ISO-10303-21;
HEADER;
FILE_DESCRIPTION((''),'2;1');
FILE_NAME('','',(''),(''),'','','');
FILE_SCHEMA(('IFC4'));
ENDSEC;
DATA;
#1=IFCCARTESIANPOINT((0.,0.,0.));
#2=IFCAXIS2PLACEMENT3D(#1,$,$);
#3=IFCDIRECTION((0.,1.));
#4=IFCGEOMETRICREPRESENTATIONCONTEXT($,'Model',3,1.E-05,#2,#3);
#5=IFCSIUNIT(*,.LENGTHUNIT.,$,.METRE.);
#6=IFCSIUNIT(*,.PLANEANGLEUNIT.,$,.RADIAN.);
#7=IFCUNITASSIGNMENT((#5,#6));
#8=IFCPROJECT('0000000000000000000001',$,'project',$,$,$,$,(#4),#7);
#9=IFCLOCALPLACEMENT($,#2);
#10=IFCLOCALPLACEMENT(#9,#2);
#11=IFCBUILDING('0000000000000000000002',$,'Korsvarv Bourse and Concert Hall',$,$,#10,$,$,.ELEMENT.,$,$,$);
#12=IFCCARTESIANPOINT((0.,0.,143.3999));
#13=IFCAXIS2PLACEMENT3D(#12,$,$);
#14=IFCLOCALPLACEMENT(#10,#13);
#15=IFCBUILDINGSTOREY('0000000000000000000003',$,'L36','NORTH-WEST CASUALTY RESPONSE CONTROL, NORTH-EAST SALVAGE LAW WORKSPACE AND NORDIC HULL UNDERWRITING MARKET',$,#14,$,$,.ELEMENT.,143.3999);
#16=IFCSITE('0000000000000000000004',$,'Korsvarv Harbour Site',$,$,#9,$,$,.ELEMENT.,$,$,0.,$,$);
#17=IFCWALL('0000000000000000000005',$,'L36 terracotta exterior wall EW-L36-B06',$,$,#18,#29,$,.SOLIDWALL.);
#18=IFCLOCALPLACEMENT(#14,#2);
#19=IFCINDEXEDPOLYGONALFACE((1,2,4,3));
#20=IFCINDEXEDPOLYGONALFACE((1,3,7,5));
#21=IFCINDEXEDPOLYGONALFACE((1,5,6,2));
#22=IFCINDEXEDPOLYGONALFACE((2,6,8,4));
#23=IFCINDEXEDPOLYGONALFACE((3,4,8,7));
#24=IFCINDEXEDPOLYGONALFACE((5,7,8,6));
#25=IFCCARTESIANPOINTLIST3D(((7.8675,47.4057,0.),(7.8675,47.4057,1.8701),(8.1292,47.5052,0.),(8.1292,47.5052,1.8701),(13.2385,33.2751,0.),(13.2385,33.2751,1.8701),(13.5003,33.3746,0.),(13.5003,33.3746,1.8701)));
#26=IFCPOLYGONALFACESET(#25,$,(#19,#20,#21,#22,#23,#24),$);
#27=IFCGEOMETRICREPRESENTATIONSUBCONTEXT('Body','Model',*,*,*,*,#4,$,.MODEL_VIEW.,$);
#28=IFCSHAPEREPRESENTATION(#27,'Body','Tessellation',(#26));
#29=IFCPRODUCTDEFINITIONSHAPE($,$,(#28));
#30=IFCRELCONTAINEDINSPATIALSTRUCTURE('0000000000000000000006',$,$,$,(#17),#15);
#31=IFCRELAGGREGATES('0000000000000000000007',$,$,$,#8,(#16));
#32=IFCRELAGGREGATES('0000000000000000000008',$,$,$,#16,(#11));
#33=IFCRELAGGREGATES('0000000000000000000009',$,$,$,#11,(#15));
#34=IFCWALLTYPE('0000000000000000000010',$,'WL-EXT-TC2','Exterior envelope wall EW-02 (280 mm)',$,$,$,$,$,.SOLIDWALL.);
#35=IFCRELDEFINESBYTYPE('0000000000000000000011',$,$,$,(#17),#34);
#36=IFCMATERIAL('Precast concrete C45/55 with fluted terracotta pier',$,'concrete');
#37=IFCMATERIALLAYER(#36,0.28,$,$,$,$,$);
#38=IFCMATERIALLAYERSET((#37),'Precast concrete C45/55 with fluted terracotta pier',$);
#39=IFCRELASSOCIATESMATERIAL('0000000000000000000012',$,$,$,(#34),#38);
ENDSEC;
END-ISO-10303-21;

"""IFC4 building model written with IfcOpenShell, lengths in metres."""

from ifc_helpers import new_model, si_unit, direction, frame, frame_2d, origin, place, context, subcontext, project, spatial, rectangle, extrude, material, layer, layer_set, type_object, element, save


model = new_model("IFC4")

# Units and contexts
model_context = context("Model", 3, precision=1e-05, world=origin(), true_north=direction((0.0, 1.0)))
body_context = subcontext(model_context, "Body", "Model", "MODEL_VIEW")
ifc_project = project(units=[si_unit("LENGTHUNIT", "METRE"), si_unit("PLANEANGLEUNIT", "RADIAN")], contexts=[model_context])

# Site, building, storey
site_placement = place(None, origin())
site = spatial("IfcSite", under=ifc_project, at=site_placement, Name="Korsvarv Harbour Site", CompositionType="ELEMENT", RefElevation=0.0)
building_placement = place(site_placement, origin())
building = spatial("IfcBuilding", under=site, at=building_placement, Name="Korsvarv Bourse and Concert Hall", CompositionType="ELEMENT")
storey_placement = place(building_placement, frame((0.0, 0.0, 143.3999)))
storey = spatial("IfcBuildingStorey", under=building, at=storey_placement, Name="L36", Description="NORTH-WEST CASUALTY RESPONSE CONTROL, NORTH-EAST SALVAGE LAW WORKSPACE AND NORDIC HULL UNDERWRITING MARKET", CompositionType="ELEMENT", Elevation=143.3999)

# Wall
ifc_material_1 = material(Name="Precast concrete C45/55 with fluted terracotta pier", Category="concrete")
ifc_layer_1 = layer(ifc_material_1, 0.28)
ifc_layer_set_1 = layer_set([ifc_layer_1], Name="Precast concrete C45/55 with fluted terracotta pier")
wall_type_1 = type_object("IfcWallType", Name="WL-EXT-TC2", Description="Exterior envelope wall EW-02 (280 mm)", PredefinedType="SOLIDWALL", material=ifc_layer_set_1)
wall_1_placement = place(storey_placement, frame((7.9983, 47.4556, 0.0), z_axis=(0.0, 0.0, 1.0), x_axis=(0.355302, -0.934752, 0.0)))
element("IfcWall", 1, at=wall_1_placement, inside=storey, type_object=wall_type_1, Name="L36 terracotta exterior wall EW-L36-B06", PredefinedType="SOLIDWALL", context=body_context, shape_type="SweptSolid", body=[
    extrude(rectangle(XDim=15.1169, YDim=0.28, at=frame_2d((7.5586, 0.0))), origin(), (0.0, 0.0, 1.0), 1.8701),
])

save(model, "model.ifc")
